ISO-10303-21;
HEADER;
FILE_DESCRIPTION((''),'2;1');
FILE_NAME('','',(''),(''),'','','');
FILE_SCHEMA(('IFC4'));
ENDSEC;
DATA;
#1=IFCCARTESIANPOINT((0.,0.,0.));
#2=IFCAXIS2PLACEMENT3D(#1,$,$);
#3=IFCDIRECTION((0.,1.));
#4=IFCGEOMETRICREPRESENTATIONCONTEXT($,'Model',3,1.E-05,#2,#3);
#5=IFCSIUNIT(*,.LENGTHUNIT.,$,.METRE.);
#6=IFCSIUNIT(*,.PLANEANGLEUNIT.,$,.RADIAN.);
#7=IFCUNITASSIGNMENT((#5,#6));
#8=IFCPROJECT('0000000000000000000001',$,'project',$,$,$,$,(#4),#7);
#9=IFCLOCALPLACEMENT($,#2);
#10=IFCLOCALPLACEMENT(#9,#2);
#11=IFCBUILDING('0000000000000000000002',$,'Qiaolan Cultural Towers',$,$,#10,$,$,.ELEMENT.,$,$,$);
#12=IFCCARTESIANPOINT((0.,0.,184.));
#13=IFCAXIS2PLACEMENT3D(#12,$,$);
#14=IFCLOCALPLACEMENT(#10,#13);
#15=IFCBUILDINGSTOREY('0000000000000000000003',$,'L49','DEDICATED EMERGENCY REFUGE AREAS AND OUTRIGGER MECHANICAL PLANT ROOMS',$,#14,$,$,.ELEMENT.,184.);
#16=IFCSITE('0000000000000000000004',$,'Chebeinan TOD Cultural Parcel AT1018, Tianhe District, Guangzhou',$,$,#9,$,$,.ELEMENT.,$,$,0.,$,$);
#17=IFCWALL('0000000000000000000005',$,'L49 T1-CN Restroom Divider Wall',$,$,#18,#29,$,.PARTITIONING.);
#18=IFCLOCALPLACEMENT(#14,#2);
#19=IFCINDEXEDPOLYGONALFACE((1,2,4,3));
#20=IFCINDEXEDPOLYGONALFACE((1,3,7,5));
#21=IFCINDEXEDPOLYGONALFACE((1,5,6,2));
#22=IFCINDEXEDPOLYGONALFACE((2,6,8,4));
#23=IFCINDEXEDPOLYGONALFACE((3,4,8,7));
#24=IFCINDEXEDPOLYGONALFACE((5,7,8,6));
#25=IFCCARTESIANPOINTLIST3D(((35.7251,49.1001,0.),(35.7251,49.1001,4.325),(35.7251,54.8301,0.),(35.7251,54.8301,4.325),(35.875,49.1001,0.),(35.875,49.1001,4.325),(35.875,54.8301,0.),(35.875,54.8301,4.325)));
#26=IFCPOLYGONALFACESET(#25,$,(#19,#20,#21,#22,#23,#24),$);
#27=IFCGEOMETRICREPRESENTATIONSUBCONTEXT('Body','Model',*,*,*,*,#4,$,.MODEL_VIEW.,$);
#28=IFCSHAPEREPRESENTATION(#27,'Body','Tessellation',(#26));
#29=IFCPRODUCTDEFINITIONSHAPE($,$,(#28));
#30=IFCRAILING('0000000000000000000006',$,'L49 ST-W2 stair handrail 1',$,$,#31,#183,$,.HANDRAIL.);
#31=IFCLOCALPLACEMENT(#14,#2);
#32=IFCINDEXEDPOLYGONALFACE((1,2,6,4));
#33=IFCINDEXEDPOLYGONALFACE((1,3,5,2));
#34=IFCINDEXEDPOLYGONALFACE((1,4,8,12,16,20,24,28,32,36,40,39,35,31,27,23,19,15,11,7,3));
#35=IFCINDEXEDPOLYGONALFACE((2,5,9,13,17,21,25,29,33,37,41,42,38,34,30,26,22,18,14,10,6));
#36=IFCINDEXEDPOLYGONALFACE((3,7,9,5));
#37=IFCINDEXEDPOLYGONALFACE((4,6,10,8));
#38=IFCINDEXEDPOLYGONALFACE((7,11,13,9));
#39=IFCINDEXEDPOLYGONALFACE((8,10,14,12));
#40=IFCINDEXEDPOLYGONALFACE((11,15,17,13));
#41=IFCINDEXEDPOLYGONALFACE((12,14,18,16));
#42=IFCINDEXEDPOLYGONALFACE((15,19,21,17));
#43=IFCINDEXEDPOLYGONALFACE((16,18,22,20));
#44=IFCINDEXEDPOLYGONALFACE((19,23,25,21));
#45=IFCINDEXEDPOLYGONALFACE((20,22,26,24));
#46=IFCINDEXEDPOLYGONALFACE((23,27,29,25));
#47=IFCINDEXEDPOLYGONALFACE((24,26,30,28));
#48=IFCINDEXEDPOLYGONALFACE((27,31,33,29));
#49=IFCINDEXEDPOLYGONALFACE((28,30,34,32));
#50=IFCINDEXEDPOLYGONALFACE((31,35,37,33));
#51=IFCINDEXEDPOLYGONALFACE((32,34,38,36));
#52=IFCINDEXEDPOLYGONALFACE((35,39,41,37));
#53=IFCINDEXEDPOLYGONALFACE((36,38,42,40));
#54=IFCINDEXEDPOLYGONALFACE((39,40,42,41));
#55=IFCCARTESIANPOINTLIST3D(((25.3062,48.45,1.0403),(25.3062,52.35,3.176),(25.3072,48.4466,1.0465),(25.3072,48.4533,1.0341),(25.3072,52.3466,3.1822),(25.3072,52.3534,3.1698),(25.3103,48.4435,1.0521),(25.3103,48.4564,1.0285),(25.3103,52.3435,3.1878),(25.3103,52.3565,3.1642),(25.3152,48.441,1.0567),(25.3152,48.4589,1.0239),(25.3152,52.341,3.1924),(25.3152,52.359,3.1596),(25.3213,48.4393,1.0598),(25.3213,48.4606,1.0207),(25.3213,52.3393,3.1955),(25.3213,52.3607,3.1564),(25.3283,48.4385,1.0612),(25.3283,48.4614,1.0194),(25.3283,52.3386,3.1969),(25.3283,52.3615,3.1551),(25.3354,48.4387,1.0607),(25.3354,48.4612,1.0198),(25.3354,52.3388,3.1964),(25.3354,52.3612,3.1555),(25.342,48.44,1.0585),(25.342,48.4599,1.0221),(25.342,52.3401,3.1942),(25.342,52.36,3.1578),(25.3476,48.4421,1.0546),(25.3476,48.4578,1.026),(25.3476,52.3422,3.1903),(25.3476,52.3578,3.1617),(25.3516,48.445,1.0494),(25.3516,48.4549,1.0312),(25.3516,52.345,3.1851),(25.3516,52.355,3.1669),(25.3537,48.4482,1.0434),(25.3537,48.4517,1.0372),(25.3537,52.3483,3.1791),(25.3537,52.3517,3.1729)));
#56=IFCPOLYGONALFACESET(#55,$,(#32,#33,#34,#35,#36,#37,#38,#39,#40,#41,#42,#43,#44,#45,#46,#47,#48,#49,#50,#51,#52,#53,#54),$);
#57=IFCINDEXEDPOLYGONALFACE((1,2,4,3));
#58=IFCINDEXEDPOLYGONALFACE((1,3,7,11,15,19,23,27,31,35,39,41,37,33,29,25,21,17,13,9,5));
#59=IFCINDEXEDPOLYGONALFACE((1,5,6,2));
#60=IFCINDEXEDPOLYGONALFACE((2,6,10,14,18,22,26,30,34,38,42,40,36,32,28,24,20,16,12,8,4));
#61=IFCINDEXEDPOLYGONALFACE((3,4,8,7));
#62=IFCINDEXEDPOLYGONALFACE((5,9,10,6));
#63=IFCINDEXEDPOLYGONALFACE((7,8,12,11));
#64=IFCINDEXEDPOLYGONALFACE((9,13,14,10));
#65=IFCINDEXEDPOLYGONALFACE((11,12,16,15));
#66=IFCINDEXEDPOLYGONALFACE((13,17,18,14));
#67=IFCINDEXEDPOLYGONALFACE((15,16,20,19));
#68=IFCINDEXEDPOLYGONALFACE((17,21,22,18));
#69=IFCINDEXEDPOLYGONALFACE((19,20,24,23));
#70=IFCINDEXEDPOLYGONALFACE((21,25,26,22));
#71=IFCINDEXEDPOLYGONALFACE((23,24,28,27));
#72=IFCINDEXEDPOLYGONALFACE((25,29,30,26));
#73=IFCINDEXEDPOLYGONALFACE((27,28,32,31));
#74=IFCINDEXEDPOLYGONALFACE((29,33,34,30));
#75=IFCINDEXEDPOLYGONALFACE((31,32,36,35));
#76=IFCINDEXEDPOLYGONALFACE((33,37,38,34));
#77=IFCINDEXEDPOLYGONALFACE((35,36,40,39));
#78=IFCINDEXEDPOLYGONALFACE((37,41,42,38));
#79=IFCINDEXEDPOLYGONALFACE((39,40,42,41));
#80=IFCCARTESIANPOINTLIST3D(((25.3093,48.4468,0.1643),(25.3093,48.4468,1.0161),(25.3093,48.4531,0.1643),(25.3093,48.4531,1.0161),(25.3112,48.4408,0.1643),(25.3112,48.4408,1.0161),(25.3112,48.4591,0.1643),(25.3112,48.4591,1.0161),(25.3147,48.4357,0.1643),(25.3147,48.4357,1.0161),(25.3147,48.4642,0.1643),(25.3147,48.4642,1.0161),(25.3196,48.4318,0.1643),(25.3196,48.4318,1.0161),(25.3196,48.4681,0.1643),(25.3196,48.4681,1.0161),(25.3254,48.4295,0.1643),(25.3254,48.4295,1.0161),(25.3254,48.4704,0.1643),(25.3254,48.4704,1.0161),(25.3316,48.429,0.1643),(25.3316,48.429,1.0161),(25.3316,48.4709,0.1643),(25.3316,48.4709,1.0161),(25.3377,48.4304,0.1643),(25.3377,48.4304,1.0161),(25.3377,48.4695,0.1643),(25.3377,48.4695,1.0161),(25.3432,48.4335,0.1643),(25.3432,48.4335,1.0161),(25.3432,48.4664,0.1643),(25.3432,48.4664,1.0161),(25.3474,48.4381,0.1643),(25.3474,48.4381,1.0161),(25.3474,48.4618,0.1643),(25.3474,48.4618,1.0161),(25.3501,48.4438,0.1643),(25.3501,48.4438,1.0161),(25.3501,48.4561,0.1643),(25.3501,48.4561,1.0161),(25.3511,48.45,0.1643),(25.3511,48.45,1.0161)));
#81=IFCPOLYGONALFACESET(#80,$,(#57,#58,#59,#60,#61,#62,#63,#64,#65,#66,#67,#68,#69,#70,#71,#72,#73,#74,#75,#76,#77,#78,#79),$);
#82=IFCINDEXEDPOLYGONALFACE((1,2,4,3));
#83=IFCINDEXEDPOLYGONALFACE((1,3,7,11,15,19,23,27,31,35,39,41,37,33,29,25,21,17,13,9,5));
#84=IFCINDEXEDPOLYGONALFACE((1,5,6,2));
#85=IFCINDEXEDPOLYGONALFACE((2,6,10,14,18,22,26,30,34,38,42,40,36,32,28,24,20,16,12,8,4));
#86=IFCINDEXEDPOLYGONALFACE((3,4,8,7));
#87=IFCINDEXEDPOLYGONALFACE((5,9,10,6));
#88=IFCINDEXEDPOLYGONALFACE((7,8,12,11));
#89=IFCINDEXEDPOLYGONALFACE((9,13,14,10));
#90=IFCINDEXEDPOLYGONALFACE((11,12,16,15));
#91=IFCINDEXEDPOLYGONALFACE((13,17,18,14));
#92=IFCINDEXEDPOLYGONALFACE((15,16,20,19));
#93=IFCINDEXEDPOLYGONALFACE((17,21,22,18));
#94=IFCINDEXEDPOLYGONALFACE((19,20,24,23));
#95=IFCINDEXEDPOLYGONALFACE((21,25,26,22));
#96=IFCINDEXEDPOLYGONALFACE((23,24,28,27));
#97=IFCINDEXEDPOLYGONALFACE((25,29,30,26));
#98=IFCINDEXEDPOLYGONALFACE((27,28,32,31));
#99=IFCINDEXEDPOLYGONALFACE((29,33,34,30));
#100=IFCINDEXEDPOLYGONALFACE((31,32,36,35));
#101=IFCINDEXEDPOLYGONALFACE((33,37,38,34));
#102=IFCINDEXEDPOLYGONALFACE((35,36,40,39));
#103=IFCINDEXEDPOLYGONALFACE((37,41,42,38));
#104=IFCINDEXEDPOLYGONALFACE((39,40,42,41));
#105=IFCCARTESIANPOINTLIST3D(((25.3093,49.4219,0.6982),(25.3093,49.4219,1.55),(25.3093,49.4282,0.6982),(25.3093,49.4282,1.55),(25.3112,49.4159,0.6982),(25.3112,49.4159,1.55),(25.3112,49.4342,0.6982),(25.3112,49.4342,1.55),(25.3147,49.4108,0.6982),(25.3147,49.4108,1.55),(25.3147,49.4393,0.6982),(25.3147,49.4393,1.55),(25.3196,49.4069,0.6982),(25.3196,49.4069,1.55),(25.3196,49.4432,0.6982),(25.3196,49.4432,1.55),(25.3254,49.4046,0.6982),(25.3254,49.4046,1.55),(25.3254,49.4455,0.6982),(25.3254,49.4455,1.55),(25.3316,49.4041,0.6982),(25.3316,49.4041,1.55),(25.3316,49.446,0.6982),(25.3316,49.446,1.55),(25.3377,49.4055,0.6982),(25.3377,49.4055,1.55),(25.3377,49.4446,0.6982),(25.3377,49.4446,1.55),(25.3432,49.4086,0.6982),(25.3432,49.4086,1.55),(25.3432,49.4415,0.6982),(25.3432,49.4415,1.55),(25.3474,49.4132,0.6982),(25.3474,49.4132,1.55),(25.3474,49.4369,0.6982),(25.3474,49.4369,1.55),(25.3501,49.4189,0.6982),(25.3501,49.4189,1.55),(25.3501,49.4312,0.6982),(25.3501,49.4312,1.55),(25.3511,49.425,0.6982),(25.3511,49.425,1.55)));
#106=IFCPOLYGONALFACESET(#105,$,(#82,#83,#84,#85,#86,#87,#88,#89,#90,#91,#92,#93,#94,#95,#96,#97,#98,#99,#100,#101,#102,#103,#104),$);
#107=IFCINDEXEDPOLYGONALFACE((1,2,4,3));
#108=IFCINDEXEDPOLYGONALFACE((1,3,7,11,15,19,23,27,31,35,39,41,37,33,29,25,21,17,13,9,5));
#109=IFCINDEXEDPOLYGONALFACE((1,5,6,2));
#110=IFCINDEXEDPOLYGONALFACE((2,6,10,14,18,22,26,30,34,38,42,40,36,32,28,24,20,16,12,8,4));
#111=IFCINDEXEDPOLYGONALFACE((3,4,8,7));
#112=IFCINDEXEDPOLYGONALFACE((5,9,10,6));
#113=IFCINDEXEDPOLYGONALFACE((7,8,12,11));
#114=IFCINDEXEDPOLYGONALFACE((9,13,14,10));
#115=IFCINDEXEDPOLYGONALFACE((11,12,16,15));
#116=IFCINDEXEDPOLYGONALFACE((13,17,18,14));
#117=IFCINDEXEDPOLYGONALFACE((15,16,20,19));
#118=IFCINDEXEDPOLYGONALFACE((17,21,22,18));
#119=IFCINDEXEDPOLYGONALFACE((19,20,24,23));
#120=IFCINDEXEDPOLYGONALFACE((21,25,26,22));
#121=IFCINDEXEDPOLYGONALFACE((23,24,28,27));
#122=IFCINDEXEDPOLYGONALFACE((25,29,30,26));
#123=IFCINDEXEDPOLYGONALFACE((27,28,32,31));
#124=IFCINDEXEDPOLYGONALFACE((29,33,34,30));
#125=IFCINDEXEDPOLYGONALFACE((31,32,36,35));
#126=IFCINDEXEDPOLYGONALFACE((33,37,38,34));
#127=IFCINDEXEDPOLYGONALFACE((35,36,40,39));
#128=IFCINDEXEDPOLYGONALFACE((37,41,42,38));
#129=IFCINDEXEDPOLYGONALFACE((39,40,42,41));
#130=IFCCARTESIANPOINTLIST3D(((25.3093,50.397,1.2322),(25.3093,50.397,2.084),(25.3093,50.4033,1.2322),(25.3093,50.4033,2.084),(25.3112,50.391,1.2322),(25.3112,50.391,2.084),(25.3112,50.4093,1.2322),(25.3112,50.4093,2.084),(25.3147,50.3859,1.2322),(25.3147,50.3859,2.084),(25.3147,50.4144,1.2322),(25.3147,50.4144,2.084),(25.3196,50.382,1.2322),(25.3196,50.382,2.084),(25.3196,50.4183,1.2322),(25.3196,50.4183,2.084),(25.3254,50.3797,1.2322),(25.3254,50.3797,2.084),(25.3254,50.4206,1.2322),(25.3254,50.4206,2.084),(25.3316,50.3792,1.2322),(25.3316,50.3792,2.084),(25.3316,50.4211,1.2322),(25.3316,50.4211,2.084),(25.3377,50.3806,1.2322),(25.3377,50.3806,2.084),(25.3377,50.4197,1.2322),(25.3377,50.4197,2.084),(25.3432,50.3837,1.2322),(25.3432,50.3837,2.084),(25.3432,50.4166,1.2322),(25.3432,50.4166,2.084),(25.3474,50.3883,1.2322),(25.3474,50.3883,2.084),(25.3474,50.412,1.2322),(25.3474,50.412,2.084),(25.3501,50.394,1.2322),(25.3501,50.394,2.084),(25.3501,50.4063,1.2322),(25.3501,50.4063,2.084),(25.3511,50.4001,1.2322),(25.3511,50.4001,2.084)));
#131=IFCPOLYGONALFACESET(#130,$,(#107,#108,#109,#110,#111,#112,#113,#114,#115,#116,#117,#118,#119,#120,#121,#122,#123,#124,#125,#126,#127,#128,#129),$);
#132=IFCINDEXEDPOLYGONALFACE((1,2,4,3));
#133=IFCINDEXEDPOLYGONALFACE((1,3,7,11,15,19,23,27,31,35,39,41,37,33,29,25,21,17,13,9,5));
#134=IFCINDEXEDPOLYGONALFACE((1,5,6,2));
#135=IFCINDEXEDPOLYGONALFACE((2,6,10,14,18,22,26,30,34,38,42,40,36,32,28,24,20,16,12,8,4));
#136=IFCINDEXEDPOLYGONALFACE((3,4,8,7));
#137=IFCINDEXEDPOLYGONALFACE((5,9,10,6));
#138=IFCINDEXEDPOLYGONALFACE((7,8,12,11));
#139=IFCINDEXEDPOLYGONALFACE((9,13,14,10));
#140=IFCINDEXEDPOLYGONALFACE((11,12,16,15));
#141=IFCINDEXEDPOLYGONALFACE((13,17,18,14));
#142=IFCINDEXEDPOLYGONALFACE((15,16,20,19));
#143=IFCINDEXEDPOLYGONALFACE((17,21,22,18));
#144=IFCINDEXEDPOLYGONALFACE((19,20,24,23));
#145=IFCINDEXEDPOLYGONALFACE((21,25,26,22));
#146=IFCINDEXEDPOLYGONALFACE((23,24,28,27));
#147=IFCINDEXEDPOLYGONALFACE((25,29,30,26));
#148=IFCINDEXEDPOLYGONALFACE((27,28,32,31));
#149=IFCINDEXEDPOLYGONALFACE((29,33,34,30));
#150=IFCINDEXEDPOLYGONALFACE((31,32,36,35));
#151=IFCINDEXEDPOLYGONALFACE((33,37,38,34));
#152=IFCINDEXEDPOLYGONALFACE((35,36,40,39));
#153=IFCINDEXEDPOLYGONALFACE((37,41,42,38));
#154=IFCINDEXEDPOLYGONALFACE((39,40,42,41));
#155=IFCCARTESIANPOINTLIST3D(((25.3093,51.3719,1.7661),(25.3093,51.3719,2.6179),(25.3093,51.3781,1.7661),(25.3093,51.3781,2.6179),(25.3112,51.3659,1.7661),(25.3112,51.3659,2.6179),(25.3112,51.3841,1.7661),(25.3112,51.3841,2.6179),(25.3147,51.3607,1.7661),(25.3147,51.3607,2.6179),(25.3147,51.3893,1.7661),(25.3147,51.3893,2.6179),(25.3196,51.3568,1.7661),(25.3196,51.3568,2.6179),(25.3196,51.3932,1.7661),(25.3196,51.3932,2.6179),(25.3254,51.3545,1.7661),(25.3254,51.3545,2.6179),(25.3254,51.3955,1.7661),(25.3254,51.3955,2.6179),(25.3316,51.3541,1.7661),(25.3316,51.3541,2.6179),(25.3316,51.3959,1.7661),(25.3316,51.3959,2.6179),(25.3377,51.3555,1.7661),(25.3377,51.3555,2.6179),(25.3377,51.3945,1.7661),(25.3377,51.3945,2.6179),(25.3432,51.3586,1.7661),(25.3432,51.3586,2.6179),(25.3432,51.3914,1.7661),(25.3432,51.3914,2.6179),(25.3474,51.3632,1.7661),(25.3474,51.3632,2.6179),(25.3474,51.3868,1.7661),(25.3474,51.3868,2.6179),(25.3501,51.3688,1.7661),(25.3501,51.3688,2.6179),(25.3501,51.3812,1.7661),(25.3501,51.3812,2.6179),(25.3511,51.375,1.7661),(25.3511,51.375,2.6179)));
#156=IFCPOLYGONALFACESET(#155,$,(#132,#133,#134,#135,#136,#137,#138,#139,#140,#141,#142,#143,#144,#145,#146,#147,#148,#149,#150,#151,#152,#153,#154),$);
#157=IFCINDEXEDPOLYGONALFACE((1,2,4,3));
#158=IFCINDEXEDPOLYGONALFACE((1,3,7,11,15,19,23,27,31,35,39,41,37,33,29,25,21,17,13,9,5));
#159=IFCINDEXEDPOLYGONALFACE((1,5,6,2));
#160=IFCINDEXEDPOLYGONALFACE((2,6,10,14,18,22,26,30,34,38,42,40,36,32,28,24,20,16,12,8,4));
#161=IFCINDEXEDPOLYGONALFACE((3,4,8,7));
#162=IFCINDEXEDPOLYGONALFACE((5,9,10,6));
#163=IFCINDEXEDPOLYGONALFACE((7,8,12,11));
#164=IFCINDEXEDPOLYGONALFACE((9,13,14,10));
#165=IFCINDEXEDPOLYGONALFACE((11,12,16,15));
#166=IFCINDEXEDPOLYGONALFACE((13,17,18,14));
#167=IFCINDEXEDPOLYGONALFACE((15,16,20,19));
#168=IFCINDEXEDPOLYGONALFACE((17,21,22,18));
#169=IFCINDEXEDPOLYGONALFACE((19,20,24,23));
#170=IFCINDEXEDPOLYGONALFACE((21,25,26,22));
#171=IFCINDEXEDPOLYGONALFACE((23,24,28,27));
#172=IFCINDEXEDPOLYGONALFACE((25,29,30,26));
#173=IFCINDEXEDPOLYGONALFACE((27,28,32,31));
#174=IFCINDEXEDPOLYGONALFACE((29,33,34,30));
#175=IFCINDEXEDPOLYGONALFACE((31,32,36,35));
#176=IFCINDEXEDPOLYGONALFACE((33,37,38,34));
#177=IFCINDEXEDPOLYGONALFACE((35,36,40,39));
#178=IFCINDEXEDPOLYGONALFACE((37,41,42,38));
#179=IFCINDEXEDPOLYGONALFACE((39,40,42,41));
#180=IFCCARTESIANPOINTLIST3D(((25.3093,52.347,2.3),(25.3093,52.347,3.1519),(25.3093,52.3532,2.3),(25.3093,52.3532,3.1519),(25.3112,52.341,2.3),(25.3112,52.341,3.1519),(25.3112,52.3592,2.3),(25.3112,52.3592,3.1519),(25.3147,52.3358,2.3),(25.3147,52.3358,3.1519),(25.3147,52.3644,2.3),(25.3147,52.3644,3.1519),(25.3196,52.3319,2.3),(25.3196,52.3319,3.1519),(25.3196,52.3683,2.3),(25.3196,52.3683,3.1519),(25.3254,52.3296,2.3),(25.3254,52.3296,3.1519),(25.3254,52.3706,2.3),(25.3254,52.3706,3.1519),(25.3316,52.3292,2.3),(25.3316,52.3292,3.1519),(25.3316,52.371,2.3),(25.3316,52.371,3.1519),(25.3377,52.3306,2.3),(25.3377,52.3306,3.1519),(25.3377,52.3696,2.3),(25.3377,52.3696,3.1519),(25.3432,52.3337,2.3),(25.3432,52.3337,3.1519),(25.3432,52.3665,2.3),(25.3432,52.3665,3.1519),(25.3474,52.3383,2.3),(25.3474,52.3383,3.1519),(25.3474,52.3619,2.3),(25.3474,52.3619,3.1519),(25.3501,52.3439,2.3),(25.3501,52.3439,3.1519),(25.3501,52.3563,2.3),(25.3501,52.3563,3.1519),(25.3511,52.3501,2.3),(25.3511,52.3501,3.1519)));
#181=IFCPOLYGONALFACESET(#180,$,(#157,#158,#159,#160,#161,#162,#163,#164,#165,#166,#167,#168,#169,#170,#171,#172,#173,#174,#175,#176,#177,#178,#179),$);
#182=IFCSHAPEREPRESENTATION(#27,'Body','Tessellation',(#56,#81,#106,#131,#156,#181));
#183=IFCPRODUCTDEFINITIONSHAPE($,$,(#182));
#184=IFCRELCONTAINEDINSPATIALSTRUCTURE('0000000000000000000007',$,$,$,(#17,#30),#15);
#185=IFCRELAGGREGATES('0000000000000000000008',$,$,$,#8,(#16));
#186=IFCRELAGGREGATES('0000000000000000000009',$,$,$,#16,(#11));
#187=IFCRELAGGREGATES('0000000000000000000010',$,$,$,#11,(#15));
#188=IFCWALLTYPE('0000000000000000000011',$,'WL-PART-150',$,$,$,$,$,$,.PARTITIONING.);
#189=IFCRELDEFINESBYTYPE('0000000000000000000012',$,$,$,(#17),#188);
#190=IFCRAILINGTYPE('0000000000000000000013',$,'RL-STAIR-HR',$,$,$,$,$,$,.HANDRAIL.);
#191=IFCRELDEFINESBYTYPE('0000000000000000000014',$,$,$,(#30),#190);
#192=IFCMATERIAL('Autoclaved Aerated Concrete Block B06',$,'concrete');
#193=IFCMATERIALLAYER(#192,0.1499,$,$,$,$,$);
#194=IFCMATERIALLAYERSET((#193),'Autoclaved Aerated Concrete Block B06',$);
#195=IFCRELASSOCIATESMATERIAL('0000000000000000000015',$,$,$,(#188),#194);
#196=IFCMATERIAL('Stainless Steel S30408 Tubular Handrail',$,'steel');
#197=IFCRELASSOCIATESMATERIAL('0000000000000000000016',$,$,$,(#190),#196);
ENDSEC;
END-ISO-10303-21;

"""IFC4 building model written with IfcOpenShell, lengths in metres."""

from ifc_helpers import new_model, si_unit, direction, frame, frame_2d, origin, origin_2d, place, context, subcontext, project, spatial, rectangle, circle, extrude, material, layer, layer_set, type_object, element, save


model = new_model("IFC4")

# Units and contexts
model_context = context("Model", 3, precision=1e-05, world=origin(), true_north=direction((0.0, 1.0)))
body_context = subcontext(model_context, "Body", "Model", "MODEL_VIEW")
ifc_project = project(units=[si_unit("LENGTHUNIT", "METRE"), si_unit("PLANEANGLEUNIT", "RADIAN")], contexts=[model_context])

# Site, building, storey
site_placement = place(None, origin())
site = spatial("IfcSite", under=ifc_project, at=site_placement, Name="Chebeinan TOD Cultural Parcel AT1018, Tianhe District, Guangzhou", CompositionType="ELEMENT", RefElevation=0.0)
building_placement = place(site_placement, origin())
building = spatial("IfcBuilding", under=site, at=building_placement, Name="Qiaolan Cultural Towers", CompositionType="ELEMENT")
storey_placement = place(building_placement, frame((0.0, 0.0, 184.0)))
storey = spatial("IfcBuildingStorey", under=building, at=storey_placement, Name="L49", Description="DEDICATED EMERGENCY REFUGE AREAS AND OUTRIGGER MECHANICAL PLANT ROOMS", CompositionType="ELEMENT", Elevation=184.0)

# Shared definitions
ifc_material_1 = material(Name="Autoclaved Aerated Concrete Block B06", Category="concrete")
ifc_layer_1 = layer(ifc_material_1, 0.1499)
ifc_layer_set_1 = layer_set([ifc_layer_1], Name="Autoclaved Aerated Concrete Block B06")
wall_type_1 = type_object("IfcWallType", Name="WL-PART-150", PredefinedType="PARTITIONING", material=ifc_layer_set_1)

# Wall
wall_1_placement = place(storey_placement, frame((35.8, 49.1001, 0.0), z_axis=(0.0, 0.0, 1.0), x_axis=(0.0, 1.0, 0.0)))
element("IfcWall", 1, at=wall_1_placement, inside=storey, type_object=wall_type_1, Name="L49 T1-CN Restroom Divider Wall", PredefinedType="PARTITIONING", context=body_context, shape_type="SweptSolid", body=[
    extrude(rectangle(XDim=5.73, YDim=0.1499, at=frame_2d((2.865, 0.0))), origin(), (0.0, 0.0, 1.0), 4.325),
])

# Railing
ifc_material_2 = material(Name="Stainless Steel S30408 Tubular Handrail", Category="steel")
railing_type = type_object("IfcRailingType", Name="RL-STAIR-HR", PredefinedType="HANDRAIL", material=ifc_material_2)
railing_placement = place(storey_placement, frame((25.3301, 48.45, 0.1643)))
element("IfcRailing", 2, at=railing_placement, inside=storey, type_object=railing_type, Name="L49 ST-W2 stair handrail 1", PredefinedType="HANDRAIL", context=body_context, shape_type="SweptSolid", body=[
    extrude(circle(Radius=0.0239, at=origin_2d()), frame((0.0, 0.0, 0.876), z_axis=(0.0, 0.877101, 0.480306), x_axis=(-1.0, 0.0, 0.0)), (0.0, 0.0, 1.0), 4.4465),
    extrude(circle(Radius=0.021, at=origin_2d()), origin(), (0.0, 0.0, 1.0), 0.8518),
    extrude(circle(Radius=0.021, at=origin_2d()), frame((0.0, 0.9751, 0.5339)), (0.0, 0.0, 1.0), 0.8518),
    extrude(circle(Radius=0.021, at=origin_2d()), frame((0.0, 1.9502, 1.0679)), (0.0, 0.0, 1.0), 0.8518),
    extrude(circle(Radius=0.021, at=origin_2d()), frame((0.0, 2.925, 1.6018)), (0.0, 0.0, 1.0), 0.8518),
    extrude(circle(Radius=0.021, at=origin_2d()), frame((0.0, 3.9001, 2.1357)), (0.0, 0.0, 1.0), 0.8518),
])

save(model, "model.ifc")
